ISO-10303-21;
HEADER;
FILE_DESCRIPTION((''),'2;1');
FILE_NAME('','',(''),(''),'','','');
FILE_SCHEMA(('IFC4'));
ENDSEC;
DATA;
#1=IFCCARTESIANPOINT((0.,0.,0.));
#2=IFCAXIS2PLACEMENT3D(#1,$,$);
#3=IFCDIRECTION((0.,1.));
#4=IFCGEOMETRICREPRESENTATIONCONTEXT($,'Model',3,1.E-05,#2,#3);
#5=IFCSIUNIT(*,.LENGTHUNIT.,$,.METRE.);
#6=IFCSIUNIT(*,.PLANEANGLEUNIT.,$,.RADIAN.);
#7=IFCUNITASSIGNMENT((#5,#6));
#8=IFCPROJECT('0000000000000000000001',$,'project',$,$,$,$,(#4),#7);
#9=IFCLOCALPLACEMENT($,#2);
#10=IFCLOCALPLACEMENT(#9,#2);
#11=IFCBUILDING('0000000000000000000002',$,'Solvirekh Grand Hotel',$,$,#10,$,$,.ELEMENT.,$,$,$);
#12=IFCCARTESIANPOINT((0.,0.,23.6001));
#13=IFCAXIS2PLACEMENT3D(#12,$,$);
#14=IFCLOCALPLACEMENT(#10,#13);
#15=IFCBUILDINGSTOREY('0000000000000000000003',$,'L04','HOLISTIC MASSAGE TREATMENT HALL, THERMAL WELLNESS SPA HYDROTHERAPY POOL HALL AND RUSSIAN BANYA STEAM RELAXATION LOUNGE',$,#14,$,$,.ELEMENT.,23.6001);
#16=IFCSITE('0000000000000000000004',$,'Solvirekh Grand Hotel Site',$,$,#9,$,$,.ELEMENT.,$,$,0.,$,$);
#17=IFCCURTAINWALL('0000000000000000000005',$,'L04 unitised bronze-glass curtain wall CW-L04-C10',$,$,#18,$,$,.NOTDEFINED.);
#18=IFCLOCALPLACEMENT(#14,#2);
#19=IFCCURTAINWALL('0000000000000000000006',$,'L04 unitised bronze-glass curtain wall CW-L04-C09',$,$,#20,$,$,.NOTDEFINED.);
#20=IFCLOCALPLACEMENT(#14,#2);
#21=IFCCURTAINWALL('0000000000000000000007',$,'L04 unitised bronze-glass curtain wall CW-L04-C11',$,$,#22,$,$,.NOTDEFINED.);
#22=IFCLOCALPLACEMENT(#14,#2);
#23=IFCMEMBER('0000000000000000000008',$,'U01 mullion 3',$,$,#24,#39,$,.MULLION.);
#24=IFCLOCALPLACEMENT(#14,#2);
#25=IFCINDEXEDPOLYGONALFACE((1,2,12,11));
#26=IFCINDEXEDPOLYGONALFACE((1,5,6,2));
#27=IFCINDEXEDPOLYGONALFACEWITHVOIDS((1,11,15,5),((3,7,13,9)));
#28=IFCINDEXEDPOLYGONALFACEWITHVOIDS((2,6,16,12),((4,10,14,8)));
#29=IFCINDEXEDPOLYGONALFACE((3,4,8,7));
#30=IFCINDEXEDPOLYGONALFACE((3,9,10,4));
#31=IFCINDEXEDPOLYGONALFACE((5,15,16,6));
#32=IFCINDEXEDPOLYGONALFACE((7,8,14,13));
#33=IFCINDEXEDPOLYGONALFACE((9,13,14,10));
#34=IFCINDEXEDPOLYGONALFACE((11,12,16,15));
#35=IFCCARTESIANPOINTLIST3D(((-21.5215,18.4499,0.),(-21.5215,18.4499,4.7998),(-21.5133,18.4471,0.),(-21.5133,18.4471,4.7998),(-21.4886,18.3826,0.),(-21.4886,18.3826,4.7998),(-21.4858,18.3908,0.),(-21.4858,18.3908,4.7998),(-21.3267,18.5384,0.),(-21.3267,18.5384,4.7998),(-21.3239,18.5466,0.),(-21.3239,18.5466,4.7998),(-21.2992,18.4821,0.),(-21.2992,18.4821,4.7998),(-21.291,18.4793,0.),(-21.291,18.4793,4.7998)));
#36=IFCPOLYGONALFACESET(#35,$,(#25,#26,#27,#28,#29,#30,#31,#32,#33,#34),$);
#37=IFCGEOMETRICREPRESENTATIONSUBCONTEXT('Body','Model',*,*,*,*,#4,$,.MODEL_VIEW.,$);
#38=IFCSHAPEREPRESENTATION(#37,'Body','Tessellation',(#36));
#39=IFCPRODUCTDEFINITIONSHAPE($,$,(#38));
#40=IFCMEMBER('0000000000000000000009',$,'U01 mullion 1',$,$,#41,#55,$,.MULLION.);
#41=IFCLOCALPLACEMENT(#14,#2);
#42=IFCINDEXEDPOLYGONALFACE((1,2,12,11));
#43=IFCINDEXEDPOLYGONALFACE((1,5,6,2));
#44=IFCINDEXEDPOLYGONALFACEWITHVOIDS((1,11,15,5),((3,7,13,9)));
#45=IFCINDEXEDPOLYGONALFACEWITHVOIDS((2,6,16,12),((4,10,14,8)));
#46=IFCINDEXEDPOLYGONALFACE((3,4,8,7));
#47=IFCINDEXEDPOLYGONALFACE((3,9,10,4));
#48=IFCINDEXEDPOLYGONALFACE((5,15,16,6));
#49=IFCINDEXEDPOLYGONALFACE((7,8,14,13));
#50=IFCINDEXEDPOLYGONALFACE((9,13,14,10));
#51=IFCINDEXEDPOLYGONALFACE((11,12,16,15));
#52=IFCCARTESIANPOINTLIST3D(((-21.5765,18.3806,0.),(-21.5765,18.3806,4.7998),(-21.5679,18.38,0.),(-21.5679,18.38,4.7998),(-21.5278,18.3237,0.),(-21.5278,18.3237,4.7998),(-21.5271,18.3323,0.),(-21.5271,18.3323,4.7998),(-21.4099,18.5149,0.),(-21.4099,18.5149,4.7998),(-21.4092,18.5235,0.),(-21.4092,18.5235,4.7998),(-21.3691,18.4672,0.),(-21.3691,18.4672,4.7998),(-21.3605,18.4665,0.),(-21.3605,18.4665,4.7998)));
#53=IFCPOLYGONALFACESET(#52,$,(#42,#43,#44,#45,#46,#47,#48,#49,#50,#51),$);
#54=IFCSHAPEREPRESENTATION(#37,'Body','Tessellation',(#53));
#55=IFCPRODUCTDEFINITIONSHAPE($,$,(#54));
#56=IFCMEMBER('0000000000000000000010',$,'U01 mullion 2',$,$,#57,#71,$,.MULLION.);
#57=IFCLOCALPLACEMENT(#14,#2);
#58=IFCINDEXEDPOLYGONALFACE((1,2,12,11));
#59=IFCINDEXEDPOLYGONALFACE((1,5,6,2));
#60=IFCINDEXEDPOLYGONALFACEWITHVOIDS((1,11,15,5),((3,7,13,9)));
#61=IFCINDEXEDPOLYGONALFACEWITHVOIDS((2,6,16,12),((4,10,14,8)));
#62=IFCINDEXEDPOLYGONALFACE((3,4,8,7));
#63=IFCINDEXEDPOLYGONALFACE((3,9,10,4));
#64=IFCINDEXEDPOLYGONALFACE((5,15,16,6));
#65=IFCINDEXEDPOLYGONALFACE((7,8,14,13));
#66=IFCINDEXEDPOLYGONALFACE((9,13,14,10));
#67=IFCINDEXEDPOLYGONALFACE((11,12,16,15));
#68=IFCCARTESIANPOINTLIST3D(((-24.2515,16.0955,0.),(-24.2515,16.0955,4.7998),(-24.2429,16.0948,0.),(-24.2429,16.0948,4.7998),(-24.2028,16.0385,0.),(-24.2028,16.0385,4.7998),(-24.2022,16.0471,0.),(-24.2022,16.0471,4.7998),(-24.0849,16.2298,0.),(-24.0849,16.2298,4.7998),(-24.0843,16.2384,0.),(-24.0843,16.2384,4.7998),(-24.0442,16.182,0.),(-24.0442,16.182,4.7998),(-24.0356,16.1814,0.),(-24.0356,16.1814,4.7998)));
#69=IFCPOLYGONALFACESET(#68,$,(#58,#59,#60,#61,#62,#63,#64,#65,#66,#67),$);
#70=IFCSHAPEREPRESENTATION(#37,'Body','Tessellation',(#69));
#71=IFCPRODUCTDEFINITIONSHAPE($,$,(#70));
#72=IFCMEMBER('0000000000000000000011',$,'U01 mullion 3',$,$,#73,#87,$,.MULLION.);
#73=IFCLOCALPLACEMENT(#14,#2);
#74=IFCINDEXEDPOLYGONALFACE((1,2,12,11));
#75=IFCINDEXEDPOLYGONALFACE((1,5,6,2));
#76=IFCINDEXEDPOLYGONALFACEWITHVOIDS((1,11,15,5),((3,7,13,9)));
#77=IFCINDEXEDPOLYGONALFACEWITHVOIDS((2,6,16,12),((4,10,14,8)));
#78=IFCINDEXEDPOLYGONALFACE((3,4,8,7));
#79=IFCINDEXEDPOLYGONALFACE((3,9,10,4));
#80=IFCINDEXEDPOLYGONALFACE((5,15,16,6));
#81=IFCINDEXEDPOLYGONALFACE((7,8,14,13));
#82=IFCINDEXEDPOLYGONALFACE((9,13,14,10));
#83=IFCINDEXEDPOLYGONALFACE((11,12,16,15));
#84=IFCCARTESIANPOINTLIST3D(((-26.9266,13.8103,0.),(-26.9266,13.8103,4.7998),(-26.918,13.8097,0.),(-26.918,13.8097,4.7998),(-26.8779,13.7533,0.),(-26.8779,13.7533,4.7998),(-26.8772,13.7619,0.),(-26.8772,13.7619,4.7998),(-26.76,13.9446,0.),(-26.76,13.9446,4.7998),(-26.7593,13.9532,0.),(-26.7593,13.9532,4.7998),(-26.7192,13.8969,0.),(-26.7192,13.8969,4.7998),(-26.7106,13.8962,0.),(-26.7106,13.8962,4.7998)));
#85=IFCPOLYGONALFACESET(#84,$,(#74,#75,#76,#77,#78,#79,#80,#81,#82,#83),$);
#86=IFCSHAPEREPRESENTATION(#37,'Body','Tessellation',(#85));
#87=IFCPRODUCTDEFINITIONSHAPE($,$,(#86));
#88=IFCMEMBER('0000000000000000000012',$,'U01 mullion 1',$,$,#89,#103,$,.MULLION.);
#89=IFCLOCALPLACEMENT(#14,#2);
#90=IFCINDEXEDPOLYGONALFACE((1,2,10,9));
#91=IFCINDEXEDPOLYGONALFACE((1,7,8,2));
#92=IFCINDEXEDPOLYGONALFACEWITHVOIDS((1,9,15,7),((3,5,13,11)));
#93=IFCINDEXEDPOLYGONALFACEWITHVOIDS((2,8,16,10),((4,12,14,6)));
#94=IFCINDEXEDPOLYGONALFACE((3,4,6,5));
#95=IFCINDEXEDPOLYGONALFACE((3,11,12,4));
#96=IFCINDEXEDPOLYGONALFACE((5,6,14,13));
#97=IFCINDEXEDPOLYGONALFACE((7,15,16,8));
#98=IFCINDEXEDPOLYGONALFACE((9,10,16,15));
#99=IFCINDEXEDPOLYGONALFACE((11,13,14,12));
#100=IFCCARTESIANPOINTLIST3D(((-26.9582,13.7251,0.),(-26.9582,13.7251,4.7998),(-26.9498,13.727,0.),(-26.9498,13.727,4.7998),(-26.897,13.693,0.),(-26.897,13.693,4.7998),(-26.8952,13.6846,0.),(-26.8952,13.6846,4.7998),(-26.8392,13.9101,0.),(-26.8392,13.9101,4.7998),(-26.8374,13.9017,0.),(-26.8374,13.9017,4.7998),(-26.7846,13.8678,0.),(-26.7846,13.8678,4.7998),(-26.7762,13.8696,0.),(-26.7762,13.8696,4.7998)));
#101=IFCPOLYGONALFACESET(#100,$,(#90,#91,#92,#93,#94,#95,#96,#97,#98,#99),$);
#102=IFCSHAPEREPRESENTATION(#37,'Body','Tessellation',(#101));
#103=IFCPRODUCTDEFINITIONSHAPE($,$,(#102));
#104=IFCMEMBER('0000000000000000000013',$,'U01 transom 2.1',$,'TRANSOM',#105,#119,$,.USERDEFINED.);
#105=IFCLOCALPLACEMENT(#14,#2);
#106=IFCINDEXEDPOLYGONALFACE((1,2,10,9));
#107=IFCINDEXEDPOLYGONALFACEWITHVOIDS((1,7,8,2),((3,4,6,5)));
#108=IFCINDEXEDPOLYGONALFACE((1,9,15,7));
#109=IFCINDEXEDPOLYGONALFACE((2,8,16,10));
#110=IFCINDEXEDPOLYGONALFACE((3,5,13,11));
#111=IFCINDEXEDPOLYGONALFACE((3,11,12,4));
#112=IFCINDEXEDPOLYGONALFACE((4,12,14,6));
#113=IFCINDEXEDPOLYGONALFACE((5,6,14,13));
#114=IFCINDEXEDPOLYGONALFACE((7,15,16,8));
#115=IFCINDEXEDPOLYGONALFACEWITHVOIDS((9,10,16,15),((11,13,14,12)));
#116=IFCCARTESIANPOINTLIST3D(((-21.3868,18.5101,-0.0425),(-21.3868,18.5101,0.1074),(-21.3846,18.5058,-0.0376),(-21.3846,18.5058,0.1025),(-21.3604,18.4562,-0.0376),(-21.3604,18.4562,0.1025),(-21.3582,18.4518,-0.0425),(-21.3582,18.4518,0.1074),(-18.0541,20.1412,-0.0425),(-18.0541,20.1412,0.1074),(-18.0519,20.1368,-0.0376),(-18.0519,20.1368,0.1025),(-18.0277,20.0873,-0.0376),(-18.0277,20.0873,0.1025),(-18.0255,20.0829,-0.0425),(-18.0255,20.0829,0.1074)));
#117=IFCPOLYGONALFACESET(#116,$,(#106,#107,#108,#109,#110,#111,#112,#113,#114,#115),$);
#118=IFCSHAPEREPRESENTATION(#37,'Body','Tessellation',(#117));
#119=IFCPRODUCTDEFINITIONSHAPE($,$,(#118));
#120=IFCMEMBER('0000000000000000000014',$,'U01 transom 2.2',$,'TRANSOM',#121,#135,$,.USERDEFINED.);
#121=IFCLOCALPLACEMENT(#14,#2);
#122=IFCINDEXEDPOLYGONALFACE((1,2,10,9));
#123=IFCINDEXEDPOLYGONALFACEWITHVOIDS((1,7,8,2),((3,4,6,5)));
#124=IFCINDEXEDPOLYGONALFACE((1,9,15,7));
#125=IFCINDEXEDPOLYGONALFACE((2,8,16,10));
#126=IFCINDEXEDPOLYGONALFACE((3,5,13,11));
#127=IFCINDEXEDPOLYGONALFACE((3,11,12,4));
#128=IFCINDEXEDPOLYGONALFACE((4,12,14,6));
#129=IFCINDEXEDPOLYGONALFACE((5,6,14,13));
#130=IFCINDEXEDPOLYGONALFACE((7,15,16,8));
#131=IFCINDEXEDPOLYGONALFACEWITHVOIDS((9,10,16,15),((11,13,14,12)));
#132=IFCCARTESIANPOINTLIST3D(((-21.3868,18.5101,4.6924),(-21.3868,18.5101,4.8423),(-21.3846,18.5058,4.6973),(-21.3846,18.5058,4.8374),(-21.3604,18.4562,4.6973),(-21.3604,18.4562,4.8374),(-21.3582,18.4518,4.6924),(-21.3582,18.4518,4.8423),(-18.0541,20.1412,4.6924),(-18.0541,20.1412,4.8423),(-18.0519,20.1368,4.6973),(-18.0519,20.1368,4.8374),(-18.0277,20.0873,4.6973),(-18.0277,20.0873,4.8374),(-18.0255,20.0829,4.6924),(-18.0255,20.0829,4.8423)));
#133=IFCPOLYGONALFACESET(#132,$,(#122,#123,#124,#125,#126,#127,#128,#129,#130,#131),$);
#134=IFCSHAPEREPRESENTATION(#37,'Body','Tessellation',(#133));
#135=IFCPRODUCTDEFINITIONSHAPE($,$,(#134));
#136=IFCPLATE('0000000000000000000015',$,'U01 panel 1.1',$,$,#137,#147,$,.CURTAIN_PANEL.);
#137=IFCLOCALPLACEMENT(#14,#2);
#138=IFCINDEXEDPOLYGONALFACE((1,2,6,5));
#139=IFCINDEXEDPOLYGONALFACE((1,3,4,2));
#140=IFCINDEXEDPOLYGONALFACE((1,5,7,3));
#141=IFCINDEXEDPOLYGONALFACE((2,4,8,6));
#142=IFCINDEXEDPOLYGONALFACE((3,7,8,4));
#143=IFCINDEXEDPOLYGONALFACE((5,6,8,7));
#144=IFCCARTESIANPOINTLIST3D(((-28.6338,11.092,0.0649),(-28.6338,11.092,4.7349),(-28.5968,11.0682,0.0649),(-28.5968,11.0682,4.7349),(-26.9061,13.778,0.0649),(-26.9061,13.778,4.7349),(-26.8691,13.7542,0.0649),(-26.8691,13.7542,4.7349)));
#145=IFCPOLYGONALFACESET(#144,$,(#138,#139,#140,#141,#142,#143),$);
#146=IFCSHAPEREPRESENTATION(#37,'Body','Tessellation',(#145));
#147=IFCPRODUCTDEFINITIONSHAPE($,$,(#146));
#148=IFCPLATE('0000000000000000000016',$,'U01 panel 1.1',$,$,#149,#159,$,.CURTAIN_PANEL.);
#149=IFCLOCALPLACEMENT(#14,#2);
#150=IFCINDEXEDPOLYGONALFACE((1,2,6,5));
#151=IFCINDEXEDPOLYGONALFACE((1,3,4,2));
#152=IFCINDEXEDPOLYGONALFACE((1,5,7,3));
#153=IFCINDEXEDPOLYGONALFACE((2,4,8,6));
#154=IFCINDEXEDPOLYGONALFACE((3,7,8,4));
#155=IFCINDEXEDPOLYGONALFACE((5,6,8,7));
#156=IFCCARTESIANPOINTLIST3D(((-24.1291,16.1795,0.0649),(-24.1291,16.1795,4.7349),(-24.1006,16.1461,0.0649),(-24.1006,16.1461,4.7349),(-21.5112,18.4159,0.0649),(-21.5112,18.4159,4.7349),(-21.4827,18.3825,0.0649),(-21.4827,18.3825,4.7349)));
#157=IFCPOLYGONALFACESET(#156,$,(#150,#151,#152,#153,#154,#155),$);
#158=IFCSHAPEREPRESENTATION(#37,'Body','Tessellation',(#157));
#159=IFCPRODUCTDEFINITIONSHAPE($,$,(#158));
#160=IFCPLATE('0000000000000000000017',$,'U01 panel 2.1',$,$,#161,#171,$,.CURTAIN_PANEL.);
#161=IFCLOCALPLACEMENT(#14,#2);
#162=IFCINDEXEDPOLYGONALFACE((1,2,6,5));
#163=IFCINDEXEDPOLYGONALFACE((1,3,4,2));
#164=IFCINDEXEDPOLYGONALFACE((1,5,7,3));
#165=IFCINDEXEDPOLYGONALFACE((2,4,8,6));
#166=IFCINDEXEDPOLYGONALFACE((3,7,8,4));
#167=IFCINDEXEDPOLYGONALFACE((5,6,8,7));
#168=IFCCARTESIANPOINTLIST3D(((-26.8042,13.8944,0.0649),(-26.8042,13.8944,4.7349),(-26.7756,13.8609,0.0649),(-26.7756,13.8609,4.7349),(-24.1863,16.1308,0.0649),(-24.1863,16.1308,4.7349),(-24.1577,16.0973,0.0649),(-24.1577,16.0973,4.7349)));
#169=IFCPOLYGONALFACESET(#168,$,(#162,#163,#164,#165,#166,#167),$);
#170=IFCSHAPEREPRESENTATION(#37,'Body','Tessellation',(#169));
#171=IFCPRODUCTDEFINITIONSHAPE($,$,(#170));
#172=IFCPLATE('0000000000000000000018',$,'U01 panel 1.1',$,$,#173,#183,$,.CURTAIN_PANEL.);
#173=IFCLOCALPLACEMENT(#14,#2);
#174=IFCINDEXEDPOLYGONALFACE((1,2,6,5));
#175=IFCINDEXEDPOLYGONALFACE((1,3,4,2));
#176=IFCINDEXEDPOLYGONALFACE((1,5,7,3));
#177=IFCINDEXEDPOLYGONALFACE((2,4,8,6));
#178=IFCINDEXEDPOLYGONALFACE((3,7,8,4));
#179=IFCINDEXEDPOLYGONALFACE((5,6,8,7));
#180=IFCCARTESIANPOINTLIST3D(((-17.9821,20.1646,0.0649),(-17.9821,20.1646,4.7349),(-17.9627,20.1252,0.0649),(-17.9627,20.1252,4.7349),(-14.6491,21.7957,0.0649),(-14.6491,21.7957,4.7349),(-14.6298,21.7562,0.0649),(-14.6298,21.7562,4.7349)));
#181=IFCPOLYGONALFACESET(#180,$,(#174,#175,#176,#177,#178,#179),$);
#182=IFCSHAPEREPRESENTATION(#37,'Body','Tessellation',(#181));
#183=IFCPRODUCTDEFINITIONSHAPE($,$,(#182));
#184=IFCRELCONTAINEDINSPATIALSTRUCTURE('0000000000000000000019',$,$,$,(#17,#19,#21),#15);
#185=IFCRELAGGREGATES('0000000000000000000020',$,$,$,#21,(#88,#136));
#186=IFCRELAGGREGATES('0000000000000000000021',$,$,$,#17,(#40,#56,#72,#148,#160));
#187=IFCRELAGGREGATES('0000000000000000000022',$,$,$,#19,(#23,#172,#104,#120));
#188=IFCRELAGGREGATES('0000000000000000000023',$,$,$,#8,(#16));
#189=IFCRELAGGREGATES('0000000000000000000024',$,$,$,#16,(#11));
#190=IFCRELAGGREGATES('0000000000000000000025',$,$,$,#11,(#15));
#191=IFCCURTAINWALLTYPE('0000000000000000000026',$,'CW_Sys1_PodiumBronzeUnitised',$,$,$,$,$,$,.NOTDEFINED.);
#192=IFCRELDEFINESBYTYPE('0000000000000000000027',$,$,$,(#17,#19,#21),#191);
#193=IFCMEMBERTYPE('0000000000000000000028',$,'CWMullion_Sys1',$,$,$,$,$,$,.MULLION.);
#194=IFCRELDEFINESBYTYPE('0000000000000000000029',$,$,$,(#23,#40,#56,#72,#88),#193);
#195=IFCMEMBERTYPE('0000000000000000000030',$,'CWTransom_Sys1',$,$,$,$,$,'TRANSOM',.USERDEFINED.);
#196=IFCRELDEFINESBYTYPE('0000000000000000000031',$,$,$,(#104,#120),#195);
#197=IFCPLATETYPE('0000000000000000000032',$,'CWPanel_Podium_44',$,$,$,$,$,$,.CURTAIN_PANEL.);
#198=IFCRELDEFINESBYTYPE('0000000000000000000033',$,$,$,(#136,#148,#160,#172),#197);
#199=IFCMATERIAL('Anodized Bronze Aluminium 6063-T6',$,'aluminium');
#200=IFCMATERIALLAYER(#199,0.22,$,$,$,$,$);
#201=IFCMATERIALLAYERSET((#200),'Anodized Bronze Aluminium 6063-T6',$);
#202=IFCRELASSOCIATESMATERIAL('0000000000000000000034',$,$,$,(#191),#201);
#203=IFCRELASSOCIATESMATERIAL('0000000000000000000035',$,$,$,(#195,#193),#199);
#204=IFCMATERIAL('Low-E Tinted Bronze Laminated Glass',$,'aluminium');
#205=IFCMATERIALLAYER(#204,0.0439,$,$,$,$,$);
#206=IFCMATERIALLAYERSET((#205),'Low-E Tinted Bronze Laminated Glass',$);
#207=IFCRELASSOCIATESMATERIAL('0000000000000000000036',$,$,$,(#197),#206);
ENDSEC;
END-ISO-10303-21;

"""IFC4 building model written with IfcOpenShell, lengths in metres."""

from ifc_helpers import new_model, si_unit, direction, frame, origin, origin_2d, place, context, subcontext, project, spatial, rectangle, hollow_rectangle, extrude, source, transform, mapped, material, layer, layer_set, material_profile, profile_set, type_object, element, aggregate, save


model = new_model("IFC4")

# Units and contexts
model_context = context("Model", 3, precision=1e-05, world=origin(), true_north=direction((0.0, 1.0)))
body_context = subcontext(model_context, "Body", "Model", "MODEL_VIEW")
ifc_project = project(units=[si_unit("LENGTHUNIT", "METRE"), si_unit("PLANEANGLEUNIT", "RADIAN")], contexts=[model_context])

# Site, building, storey
site_placement = place(None, origin())
site = spatial("IfcSite", under=ifc_project, at=site_placement, Name="Solvirekh Grand Hotel Site", CompositionType="ELEMENT", RefElevation=0.0)
building_placement = place(site_placement, origin())
building = spatial("IfcBuilding", under=site, at=building_placement, Name="Solvirekh Grand Hotel", CompositionType="ELEMENT")
storey_placement = place(building_placement, frame((0.0, 0.0, 23.6001)))
storey = spatial("IfcBuildingStorey", under=building, at=storey_placement, Name="L04", Description="HOLISTIC MASSAGE TREATMENT HALL, THERMAL WELLNESS SPA HYDROTHERAPY POOL HALL AND RUSSIAN BANYA STEAM RELAXATION LOUNGE", CompositionType="ELEMENT", Elevation=23.6001)

# Curtain walls
ifc_material_1 = material(Name="Anodized Bronze Aluminium 6063-T6", Category="aluminium")
ifc_layer_1 = layer(ifc_material_1, 0.22)
ifc_layer_set_1 = layer_set([ifc_layer_1], Name="Anodized Bronze Aluminium 6063-T6")
curtain_wall_type = type_object("IfcCurtainWallType", Name="CW_Sys1_PodiumBronzeUnitised", PredefinedType="NOTDEFINED", material=ifc_layer_set_1)
curtain_wall_1_placement = place(storey_placement, origin())
curtain_wall_1 = element("IfcCurtainWall", 1, at=curtain_wall_1_placement, inside=storey, type_object=curtain_wall_type, Name="L04 unitised bronze-glass curtain wall CW-L04-C10", PredefinedType="NOTDEFINED")
ifc_material_profile_1 = material_profile(ifc_material_1, hollow_rectangle(XDim=0.0649, YDim=0.1499, WallThickness=0.0049, at=origin_2d()), Name="ALU RHS 150X65X5")
ifc_profile_set_1 = profile_set([ifc_material_profile_1], Name="Anodized Bronze Aluminium 6063-T6")
member_type_1 = type_object("IfcMemberType", Name="CWTransom_Sys1", ElementType="TRANSOM", PredefinedType="USERDEFINED", material=ifc_profile_set_1)
curtain_wall_2_placement = place(storey_placement, origin())
curtain_wall_2 = element("IfcCurtainWall", 2, at=curtain_wall_2_placement, inside=storey, type_object=curtain_wall_type, Name="L04 unitised bronze-glass curtain wall CW-L04-C09", PredefinedType="NOTDEFINED")
curtain_wall_3_placement = place(storey_placement, origin())
curtain_wall_3 = element("IfcCurtainWall", 3, at=curtain_wall_3_placement, inside=storey, type_object=curtain_wall_type, Name="L04 unitised bronze-glass curtain wall CW-L04-C11", PredefinedType="NOTDEFINED")

# Members
ifc_material_profile_2 = material_profile(ifc_material_1, hollow_rectangle(XDim=0.075, YDim=0.22, WallThickness=0.0061, at=origin_2d()), Name="ALU RHS 220X75X6")
ifc_profile_set_2 = profile_set([ifc_material_profile_2], Name="Anodized Bronze Aluminium 6063-T6")
member_type_2 = type_object("IfcMemberType", Name="CWMullion_Sys1", PredefinedType="MULLION", material=ifc_profile_set_2)
shared_shape_1 = source(origin(), body_context, "Body", "SweptSolid", [
    extrude(hollow_rectangle(XDim=0.075, YDim=0.22, WallThickness=0.0061, at=origin_2d()), origin(), (0.0, 0.0, 1.0), 4.7998),
])
member_1_placement = place(storey_placement, frame((-21.4062, 18.4646, 0.0), z_axis=(0.0, 0.0, 1.0), x_axis=(0.43956, -0.898213, 0.0)))
member_1 = element("IfcMember", 4, at=member_1_placement, type_object=member_type_2, Name="U01 mullion 3", PredefinedType="MULLION", context=body_context, shape_type="MappedRepresentation", body=[
    mapped(shared_shape_1, transform((0.0, 0.0, 0.0), x_axis=(1.0, 0.0, 0.0), y_axis=(0.0, 1.0, 0.0), z_axis=(0.0, 0.0, 1.0), scale=1.0)),
])
member_2_placement = place(storey_placement, frame((-21.4685, 18.4236, 0.0), z_axis=(0.0, 0.0, 1.0), x_axis=(0.649528, -0.760338, 0.0)))
member_2 = element("IfcMember", 5, at=member_2_placement, type_object=member_type_2, Name="U01 mullion 1", PredefinedType="MULLION", context=body_context, shape_type="MappedRepresentation", body=[
    mapped(shared_shape_1, transform((0.0, 0.0, 0.0), x_axis=(1.0, 0.0, 0.0), y_axis=(0.0, 1.0, 0.0), z_axis=(0.0, 0.0, 1.0), scale=1.0)),
])
member_3_placement = place(storey_placement, frame((-24.1436, 16.1384, 0.0), z_axis=(0.0, 0.0, 1.0), x_axis=(0.649528, -0.760338, 0.0)))
member_3 = element("IfcMember", 6, at=member_3_placement, type_object=member_type_2, Name="U01 mullion 2", PredefinedType="MULLION", context=body_context, shape_type="MappedRepresentation", body=[
    mapped(shared_shape_1, transform((0.0, 0.0, 0.0), x_axis=(1.0, 0.0, 0.0), y_axis=(0.0, 1.0, 0.0), z_axis=(0.0, 0.0, 1.0), scale=1.0)),
])
member_4_placement = place(storey_placement, frame((-26.8186, 13.8533, 0.0), z_axis=(0.0, 0.0, 1.0), x_axis=(0.649528, -0.760338, 0.0)))
member_4 = element("IfcMember", 7, at=member_4_placement, type_object=member_type_2, Name="U01 mullion 3", PredefinedType="MULLION", context=body_context, shape_type="MappedRepresentation", body=[
    mapped(shared_shape_1, transform((0.0, 0.0, 0.0), x_axis=(1.0, 0.0, 0.0), y_axis=(0.0, 1.0, 0.0), z_axis=(0.0, 0.0, 1.0), scale=1.0)),
])
member_5_placement = place(storey_placement, frame((-26.8672, 13.7974, 0.0), z_axis=(0.0, 0.0, 1.0), x_axis=(0.841036, -0.540979, 0.0)))
member_5 = element("IfcMember", 8, at=member_5_placement, type_object=member_type_2, Name="U01 mullion 1", PredefinedType="MULLION", context=body_context, shape_type="MappedRepresentation", body=[
    mapped(shared_shape_1, transform((0.0, 0.0, 0.0), x_axis=(1.0, 0.0, 0.0), y_axis=(0.0, 1.0, 0.0), z_axis=(0.0, 0.0, 1.0), scale=1.0)),
])
shared_shape_2 = source(origin(), body_context, "Body", "SweptSolid", [
    extrude(hollow_rectangle(XDim=0.0649, YDim=0.1499, WallThickness=0.0049, at=origin_2d()), origin(), (0.0, 0.0, 1.0), 3.7104),
])
member_6_placement = place(storey_placement, frame((-18.0398, 20.1121, 0.0325), z_axis=(-0.898198, -0.439591, 0.0), x_axis=(0.439591, -0.898198, 0.0)))
member_6 = element("IfcMember", 9, at=member_6_placement, type_object=member_type_1, Name="U01 transom 2.1", ObjectType="TRANSOM", PredefinedType="USERDEFINED", context=body_context, shape_type="MappedRepresentation", body=[
    mapped(shared_shape_2, transform((0.0, 0.0, 0.0), x_axis=(1.0, 0.0, 0.0), y_axis=(0.0, 1.0, 0.0), z_axis=(0.0, 0.0, 1.0), scale=1.0)),
])
member_7_placement = place(storey_placement, frame((-18.0398, 20.1121, 4.7673), z_axis=(-0.898198, -0.439591, 0.0), x_axis=(0.439591, -0.898198, 0.0)))
member_7 = element("IfcMember", 10, at=member_7_placement, type_object=member_type_1, Name="U01 transom 2.2", ObjectType="TRANSOM", PredefinedType="USERDEFINED", context=body_context, shape_type="MappedRepresentation", body=[
    mapped(shared_shape_2, transform((0.0, 0.0, 0.0), x_axis=(1.0, 0.0, 0.0), y_axis=(0.0, 1.0, 0.0), z_axis=(0.0, 0.0, 1.0), scale=1.0)),
])

# Plates
ifc_material_2 = material(Name="Low-E Tinted Bronze Laminated Glass", Category="aluminium")
ifc_layer_2 = layer(ifc_material_2, 0.0439)
ifc_layer_set_2 = layer_set([ifc_layer_2], Name="Low-E Tinted Bronze Laminated Glass")
plate_type = type_object("IfcPlateType", Name="CWPanel_Podium_44", PredefinedType="CURTAIN_PANEL", material=ifc_layer_set_2)
shared_shape_3 = source(origin(), body_context, "Body", "SweptSolid", [
    extrude(rectangle(XDim=3.1936, YDim=0.0439, at=origin_2d()), origin(), (0.0, 0.0, 1.0), 4.6699),
])
plate_1_placement = place(storey_placement, frame((-27.7515, 12.4231, 0.0649), z_axis=(0.0, 0.0, 1.0), x_axis=(-0.540979, -0.841036, 0.0)))
plate_1 = element("IfcPlate", 11, at=plate_1_placement, type_object=plate_type, Name="U01 panel 1.1", PredefinedType="CURTAIN_PANEL", context=body_context, shape_type="MappedRepresentation", body=[
    mapped(shared_shape_3, transform((0.0, 0.0, 0.0), x_axis=(1.0, 0.0, 0.0), y_axis=(0.0, 1.0, 0.0), z_axis=(0.0, 0.0, 1.0), scale=1.0)),
])
aggregate(curtain_wall_3, [member_5, plate_1])
shared_shape_4 = source(origin(), body_context, "Body", "SweptSolid", [
    extrude(rectangle(XDim=3.4431, YDim=0.0439, at=origin_2d()), origin(), (0.0, 0.0, 1.0), 4.6699),
])
plate_2_placement = place(storey_placement, frame((-22.8059, 17.281, 0.0649), z_axis=(0.0, 0.0, 1.0), x_axis=(-0.760338, -0.649528, 0.0)))
plate_2 = element("IfcPlate", 12, at=plate_2_placement, type_object=plate_type, Name="U01 panel 1.1", PredefinedType="CURTAIN_PANEL", context=body_context, shape_type="MappedRepresentation", body=[
    mapped(shared_shape_4, transform((0.0, 0.0, 0.0), x_axis=(1.0, 0.0, 0.0), y_axis=(0.0, 1.0, 0.0), z_axis=(0.0, 0.0, 1.0), scale=1.0)),
])
plate_3_placement = place(storey_placement, frame((-25.481, 14.9958, 0.0649), z_axis=(0.0, 0.0, 1.0), x_axis=(-0.760338, -0.649528, 0.0)))
plate_3 = element("IfcPlate", 13, at=plate_3_placement, type_object=plate_type, Name="U01 panel 2.1", PredefinedType="CURTAIN_PANEL", context=body_context, shape_type="MappedRepresentation", body=[
    mapped(shared_shape_4, transform((0.0, 0.0, 0.0), x_axis=(1.0, 0.0, 0.0), y_axis=(0.0, 1.0, 0.0), z_axis=(0.0, 0.0, 1.0), scale=1.0)),
])
aggregate(curtain_wall_1, [member_2, member_3, member_4, plate_2, plate_3])
shared_shape_5 = source(origin(), body_context, "Body", "SweptSolid", [
    extrude(rectangle(XDim=3.7107, YDim=0.0439, at=origin_2d()), origin(), (0.0, 0.0, 1.0), 4.6699),
])
plate_4_placement = place(storey_placement, frame((-16.3059, 20.9604, 0.0649), z_axis=(0.0, 0.0, 1.0), x_axis=(-0.898213, -0.43956, 0.0)))
plate_4 = element("IfcPlate", 14, at=plate_4_placement, type_object=plate_type, Name="U01 panel 1.1", PredefinedType="CURTAIN_PANEL", context=body_context, shape_type="MappedRepresentation", body=[
    mapped(shared_shape_5, transform((0.0, 0.0, 0.0), x_axis=(1.0, 0.0, 0.0), y_axis=(0.0, 1.0, 0.0), z_axis=(0.0, 0.0, 1.0), scale=1.0)),
])
aggregate(curtain_wall_2, [member_1, plate_4, member_6, member_7])

save(model, "model.ifc")
